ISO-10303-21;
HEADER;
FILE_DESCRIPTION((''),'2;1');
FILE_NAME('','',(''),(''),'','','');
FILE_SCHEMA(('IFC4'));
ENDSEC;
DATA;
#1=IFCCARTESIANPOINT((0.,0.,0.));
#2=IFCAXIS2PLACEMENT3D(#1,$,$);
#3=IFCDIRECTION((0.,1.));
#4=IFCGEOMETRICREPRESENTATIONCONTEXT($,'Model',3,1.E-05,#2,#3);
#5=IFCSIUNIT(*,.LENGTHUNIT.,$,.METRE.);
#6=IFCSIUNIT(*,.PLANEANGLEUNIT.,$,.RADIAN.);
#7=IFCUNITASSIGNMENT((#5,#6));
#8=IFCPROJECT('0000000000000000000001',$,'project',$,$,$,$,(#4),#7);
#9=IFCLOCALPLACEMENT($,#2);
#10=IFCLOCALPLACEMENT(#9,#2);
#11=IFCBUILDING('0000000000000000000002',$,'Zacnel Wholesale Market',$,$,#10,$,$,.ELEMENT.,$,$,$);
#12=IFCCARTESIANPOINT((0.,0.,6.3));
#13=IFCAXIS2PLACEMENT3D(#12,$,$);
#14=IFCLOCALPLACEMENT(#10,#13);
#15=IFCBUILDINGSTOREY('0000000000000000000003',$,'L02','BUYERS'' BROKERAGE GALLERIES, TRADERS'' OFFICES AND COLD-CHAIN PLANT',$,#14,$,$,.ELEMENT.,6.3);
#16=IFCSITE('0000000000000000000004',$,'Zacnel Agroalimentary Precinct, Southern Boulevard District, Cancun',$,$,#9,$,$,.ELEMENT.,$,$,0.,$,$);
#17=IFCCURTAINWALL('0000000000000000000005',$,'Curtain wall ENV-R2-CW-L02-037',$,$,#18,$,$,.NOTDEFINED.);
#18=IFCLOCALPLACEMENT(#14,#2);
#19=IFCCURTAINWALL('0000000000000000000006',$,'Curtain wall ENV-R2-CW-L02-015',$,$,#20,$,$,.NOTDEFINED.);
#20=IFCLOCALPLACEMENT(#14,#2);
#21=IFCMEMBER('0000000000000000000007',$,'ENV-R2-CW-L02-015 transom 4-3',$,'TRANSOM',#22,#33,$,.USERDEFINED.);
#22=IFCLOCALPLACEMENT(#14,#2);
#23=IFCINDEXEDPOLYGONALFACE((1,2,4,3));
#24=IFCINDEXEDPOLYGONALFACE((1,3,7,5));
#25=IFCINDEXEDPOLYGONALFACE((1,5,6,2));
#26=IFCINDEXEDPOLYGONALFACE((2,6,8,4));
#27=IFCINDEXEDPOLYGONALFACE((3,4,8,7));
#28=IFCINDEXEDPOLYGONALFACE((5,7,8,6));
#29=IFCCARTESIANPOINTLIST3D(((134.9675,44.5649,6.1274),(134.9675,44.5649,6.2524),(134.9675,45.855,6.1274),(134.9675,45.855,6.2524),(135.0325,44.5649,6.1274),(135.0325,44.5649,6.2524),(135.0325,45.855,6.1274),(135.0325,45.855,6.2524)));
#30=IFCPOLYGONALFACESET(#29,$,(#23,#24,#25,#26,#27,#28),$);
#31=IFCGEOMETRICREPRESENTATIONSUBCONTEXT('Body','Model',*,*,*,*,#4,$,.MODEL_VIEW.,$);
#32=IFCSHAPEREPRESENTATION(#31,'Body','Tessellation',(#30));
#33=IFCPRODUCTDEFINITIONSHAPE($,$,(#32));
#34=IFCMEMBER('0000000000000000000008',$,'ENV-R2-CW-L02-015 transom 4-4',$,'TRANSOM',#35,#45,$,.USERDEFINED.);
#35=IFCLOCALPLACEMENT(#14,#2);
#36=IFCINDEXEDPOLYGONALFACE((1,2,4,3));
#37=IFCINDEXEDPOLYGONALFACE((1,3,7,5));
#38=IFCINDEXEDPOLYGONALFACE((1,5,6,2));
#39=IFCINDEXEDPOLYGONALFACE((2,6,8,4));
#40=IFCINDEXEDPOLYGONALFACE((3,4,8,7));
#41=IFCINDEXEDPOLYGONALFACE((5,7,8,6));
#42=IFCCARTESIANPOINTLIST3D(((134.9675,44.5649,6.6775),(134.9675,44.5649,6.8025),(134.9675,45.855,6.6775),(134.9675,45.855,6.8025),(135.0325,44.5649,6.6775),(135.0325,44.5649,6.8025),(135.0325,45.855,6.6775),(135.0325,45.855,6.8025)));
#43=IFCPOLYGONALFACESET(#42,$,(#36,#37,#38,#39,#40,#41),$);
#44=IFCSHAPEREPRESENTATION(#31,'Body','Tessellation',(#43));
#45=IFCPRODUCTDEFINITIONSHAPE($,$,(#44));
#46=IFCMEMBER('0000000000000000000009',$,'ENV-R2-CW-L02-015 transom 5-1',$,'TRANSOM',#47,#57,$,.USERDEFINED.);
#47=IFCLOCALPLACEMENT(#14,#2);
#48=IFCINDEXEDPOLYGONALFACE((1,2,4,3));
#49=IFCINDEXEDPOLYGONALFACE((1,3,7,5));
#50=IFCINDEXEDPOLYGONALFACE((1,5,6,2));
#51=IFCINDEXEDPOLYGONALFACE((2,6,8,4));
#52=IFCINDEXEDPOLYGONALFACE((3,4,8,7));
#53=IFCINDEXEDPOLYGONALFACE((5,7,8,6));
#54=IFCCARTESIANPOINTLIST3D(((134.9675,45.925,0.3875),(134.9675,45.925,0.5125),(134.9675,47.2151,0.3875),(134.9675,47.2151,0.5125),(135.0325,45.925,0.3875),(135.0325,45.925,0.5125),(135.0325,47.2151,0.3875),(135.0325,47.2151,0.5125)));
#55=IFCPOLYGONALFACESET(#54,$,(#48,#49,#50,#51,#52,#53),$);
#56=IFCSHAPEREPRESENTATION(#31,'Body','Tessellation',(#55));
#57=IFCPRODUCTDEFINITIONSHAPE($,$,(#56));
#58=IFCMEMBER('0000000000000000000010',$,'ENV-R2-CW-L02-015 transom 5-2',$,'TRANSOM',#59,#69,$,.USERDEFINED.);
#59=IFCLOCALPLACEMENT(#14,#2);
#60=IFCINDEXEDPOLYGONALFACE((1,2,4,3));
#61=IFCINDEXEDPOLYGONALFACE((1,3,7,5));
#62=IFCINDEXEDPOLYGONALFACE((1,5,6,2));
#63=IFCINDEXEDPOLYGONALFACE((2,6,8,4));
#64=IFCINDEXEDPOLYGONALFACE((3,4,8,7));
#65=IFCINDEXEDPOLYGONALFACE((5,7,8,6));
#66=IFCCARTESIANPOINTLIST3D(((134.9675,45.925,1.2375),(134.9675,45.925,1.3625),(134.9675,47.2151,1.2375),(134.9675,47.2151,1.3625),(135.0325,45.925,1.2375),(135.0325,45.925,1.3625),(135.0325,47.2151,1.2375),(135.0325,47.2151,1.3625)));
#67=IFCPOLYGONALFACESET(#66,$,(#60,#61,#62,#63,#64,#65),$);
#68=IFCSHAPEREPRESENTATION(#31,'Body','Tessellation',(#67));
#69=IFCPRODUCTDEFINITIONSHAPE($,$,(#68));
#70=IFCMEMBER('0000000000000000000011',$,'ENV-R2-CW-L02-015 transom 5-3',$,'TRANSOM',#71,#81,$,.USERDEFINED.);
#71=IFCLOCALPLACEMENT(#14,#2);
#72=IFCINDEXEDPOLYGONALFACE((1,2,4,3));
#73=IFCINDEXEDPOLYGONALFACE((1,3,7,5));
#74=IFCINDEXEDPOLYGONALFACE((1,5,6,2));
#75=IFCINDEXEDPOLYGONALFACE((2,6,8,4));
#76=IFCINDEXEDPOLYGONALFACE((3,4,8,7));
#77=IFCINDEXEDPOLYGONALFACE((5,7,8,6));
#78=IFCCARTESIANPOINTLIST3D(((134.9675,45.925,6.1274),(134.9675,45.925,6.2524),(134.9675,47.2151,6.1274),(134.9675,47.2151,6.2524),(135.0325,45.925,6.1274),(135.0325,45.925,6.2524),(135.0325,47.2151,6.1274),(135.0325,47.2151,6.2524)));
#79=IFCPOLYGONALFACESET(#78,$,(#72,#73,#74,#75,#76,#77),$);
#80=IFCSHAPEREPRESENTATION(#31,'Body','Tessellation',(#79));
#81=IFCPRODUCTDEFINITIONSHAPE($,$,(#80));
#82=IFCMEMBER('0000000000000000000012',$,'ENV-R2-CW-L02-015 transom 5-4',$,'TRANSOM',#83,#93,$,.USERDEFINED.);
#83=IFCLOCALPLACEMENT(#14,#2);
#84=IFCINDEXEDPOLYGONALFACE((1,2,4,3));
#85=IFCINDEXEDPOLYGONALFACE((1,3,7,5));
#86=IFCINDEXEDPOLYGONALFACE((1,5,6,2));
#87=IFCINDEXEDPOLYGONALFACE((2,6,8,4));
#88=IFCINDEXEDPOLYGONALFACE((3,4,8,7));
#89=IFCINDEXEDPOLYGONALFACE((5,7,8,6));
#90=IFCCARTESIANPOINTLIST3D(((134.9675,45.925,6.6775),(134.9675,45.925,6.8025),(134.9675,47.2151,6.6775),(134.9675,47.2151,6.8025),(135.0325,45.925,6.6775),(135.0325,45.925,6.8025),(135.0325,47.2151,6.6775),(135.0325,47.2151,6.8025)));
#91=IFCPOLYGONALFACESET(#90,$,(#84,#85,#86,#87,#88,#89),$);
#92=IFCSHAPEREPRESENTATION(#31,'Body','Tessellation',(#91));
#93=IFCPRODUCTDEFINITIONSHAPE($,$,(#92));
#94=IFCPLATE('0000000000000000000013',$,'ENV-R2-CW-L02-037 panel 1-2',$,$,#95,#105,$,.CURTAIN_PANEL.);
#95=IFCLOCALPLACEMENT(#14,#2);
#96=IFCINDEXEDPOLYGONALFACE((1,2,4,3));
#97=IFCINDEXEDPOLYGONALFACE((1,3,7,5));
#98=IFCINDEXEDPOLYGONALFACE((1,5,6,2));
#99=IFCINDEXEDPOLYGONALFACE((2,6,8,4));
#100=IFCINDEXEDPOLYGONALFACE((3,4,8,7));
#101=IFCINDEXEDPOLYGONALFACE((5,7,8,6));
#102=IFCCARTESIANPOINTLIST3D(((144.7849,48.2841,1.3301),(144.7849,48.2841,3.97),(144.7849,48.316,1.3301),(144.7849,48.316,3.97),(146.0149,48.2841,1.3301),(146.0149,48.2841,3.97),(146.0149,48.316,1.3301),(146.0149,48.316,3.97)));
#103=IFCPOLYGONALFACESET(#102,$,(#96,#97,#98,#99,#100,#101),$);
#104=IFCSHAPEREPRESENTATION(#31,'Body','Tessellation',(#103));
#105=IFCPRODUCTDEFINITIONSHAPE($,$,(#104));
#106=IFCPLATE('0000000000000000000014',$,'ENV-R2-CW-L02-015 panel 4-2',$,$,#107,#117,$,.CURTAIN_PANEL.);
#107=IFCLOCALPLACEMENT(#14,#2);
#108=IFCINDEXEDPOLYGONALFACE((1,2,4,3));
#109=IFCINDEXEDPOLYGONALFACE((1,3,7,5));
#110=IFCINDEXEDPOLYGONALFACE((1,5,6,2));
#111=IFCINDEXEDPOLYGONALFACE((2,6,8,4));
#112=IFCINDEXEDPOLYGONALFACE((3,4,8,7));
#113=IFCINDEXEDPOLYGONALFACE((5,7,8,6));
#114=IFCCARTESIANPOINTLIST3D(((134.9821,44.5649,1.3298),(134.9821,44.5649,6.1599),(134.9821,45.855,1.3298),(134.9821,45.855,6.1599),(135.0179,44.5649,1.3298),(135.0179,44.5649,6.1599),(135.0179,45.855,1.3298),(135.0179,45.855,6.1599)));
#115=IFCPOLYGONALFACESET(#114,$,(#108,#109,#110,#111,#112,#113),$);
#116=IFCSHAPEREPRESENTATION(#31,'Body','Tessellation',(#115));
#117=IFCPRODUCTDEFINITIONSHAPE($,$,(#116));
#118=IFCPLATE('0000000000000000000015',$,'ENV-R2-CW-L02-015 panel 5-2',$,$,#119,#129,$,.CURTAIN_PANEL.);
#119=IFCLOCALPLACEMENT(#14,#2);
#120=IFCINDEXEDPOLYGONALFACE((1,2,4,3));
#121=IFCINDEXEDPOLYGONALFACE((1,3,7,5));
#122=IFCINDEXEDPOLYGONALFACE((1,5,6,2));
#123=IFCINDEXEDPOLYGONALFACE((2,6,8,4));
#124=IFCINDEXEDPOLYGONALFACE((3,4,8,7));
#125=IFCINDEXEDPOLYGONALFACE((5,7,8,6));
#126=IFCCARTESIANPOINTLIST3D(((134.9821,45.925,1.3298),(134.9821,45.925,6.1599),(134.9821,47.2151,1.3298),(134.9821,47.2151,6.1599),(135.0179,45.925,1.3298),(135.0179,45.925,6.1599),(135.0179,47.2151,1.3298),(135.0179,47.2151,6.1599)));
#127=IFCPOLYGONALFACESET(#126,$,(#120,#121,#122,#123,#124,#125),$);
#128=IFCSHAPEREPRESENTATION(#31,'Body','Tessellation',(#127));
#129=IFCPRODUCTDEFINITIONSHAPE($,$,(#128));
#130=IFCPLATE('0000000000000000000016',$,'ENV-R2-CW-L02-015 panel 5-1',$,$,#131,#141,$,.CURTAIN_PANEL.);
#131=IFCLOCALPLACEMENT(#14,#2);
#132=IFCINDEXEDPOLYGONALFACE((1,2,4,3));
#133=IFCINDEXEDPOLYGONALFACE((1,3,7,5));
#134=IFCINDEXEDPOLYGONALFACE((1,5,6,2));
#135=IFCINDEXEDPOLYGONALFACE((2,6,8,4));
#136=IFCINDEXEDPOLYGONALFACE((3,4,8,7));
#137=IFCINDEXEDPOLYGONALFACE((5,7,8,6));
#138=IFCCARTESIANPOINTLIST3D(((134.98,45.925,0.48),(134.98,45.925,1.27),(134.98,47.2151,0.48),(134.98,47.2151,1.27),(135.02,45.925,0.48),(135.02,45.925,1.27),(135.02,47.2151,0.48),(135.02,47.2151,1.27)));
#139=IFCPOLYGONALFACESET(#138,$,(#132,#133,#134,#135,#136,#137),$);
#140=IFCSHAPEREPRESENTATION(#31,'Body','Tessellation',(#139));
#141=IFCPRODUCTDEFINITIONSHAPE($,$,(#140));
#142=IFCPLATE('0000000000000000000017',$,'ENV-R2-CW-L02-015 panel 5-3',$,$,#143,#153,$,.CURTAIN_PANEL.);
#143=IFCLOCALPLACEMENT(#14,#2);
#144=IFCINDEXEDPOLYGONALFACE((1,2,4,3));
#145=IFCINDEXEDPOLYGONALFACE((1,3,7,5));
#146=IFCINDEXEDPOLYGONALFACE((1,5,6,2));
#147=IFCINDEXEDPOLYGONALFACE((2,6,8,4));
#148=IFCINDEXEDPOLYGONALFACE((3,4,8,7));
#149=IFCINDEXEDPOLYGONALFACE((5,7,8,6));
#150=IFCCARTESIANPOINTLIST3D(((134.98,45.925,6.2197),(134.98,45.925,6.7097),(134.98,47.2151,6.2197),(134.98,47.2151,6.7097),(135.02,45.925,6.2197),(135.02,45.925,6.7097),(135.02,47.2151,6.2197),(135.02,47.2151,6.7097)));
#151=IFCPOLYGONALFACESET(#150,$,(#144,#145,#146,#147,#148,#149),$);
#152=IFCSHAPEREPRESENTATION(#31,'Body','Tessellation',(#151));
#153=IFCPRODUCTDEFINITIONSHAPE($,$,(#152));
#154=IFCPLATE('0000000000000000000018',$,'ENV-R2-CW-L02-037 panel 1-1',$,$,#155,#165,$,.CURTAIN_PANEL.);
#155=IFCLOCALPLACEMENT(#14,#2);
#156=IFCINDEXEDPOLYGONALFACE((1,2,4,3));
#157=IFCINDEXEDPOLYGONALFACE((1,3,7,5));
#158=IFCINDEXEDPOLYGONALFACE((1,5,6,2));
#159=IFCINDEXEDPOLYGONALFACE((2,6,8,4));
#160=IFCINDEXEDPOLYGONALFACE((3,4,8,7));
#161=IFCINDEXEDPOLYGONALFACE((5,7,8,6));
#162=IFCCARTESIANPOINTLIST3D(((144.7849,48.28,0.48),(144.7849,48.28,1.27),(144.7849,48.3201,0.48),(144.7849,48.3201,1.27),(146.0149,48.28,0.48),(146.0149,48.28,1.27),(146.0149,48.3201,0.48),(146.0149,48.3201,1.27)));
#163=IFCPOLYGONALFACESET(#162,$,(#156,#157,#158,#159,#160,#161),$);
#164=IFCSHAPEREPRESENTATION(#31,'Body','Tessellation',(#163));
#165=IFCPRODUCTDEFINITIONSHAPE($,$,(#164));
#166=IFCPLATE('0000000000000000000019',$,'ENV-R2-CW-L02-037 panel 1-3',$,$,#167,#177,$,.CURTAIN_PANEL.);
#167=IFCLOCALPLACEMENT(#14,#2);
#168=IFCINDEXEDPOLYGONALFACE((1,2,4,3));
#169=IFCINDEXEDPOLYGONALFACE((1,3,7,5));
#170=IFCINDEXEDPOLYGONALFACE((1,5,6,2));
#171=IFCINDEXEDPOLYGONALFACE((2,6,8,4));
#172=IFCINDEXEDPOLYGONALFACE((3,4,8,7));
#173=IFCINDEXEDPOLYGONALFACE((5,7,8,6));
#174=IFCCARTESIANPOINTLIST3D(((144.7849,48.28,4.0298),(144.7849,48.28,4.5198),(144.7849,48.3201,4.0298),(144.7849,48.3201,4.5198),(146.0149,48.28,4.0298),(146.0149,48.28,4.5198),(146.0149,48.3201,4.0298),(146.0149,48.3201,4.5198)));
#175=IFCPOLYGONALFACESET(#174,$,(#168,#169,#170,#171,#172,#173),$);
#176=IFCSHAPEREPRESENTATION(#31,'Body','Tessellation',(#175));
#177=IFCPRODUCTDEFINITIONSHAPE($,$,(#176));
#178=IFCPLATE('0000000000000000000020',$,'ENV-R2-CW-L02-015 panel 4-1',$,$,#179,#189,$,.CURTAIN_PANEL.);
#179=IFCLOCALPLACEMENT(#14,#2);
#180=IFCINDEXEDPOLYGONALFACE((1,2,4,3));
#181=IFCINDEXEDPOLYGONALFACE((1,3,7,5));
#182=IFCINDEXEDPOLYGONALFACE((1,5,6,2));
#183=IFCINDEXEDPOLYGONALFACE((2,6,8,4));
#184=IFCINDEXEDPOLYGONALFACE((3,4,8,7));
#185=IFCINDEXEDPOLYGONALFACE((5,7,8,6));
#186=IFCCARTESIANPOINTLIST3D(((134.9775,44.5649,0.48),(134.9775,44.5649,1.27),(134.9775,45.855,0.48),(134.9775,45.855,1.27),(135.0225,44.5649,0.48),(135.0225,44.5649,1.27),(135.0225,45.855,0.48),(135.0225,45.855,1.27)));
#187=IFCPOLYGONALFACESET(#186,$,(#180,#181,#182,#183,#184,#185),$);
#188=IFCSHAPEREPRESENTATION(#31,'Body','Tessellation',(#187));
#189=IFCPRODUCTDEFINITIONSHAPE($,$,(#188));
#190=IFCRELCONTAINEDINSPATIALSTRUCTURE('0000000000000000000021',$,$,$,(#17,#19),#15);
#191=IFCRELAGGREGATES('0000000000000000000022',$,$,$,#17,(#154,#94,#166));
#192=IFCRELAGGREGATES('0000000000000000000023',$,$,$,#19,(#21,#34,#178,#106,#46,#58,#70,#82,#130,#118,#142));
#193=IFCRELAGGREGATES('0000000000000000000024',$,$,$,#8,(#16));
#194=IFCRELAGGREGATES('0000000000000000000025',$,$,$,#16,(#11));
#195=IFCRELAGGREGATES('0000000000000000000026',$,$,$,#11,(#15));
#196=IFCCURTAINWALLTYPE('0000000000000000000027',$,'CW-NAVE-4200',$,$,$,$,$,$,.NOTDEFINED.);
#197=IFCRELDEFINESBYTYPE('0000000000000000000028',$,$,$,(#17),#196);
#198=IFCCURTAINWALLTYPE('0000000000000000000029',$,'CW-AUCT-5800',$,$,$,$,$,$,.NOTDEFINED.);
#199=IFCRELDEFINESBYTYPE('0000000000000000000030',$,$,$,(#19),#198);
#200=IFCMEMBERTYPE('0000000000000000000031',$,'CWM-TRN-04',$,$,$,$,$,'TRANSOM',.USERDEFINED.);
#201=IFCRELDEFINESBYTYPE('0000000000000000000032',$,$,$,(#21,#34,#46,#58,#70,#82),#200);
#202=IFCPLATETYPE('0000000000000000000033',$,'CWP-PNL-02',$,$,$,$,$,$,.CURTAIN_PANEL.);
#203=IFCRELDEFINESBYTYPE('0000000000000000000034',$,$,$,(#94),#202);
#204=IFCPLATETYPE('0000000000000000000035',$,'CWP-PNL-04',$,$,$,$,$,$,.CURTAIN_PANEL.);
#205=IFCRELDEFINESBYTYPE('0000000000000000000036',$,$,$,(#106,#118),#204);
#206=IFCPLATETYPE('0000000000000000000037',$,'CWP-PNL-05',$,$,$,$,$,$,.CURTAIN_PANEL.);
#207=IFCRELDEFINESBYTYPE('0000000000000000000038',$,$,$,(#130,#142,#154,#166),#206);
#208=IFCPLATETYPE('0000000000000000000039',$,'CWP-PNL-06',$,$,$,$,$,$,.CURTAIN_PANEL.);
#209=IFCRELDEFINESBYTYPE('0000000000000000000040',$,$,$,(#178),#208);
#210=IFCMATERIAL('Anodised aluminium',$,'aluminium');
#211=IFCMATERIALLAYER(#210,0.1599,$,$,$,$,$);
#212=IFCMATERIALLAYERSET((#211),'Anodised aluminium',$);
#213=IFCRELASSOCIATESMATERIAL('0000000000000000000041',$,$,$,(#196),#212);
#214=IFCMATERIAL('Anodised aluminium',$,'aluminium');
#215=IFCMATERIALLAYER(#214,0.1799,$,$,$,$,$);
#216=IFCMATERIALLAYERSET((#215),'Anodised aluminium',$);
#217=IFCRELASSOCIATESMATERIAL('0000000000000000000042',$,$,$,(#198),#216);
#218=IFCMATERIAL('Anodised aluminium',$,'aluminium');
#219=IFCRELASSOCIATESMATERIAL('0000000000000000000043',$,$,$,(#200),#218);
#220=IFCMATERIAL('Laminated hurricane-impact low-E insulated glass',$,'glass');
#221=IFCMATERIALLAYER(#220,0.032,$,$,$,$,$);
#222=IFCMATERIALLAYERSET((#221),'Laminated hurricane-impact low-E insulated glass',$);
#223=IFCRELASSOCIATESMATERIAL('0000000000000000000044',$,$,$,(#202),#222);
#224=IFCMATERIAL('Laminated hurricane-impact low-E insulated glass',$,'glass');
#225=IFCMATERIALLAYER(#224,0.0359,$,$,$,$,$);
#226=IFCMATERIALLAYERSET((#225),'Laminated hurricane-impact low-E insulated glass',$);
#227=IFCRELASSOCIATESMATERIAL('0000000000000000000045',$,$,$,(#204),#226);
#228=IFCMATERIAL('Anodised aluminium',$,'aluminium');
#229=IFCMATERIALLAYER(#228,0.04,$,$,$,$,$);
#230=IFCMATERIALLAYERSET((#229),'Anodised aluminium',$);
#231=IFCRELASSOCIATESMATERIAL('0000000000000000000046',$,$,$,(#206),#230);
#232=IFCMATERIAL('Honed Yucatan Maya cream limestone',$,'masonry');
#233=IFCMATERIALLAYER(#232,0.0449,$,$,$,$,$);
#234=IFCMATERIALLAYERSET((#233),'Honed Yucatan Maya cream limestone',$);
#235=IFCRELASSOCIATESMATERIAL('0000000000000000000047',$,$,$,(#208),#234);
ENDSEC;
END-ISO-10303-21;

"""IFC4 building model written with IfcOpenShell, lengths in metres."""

from ifc_helpers import new_model, si_unit, direction, frame, origin, origin_2d, place, context, subcontext, project, spatial, rectangle, extrude, material, layer, layer_set, material_profile, profile_set, type_object, element, aggregate, save


model = new_model("IFC4")

# Units and contexts
model_context = context("Model", 3, precision=1e-05, world=origin(), true_north=direction((0.0, 1.0)))
body_context = subcontext(model_context, "Body", "Model", "MODEL_VIEW")
ifc_project = project(units=[si_unit("LENGTHUNIT", "METRE"), si_unit("PLANEANGLEUNIT", "RADIAN")], contexts=[model_context])

# Site, building, storey
site_placement = place(None, origin())
site = spatial("IfcSite", under=ifc_project, at=site_placement, Name="Zacnel Agroalimentary Precinct, Southern Boulevard District, Cancun", CompositionType="ELEMENT", RefElevation=0.0)
building_placement = place(site_placement, origin())
building = spatial("IfcBuilding", under=site, at=building_placement, Name="Zacnel Wholesale Market", CompositionType="ELEMENT")
storey_placement = place(building_placement, frame((0.0, 0.0, 6.3)))
storey = spatial("IfcBuildingStorey", under=building, at=storey_placement, Name="L02", Description="BUYERS' BROKERAGE GALLERIES, TRADERS' OFFICES AND COLD-CHAIN PLANT", CompositionType="ELEMENT", Elevation=6.3)

# Curtain walls
ifc_material_1 = material(Name="Anodised aluminium", Category="aluminium")
ifc_layer_1 = layer(ifc_material_1, 0.1599)
ifc_layer_set_1 = layer_set([ifc_layer_1], Name="Anodised aluminium")
curtain_wall_type_1 = type_object("IfcCurtainWallType", Name="CW-NAVE-4200", PredefinedType="NOTDEFINED", material=ifc_layer_set_1)
curtain_wall_1_placement = place(storey_placement, origin())
curtain_wall_1 = element("IfcCurtainWall", 1, at=curtain_wall_1_placement, inside=storey, type_object=curtain_wall_type_1, Name="Curtain wall ENV-R2-CW-L02-037", PredefinedType="NOTDEFINED")
ifc_material_2 = material(Name="Anodised aluminium", Category="aluminium")
ifc_layer_2 = layer(ifc_material_2, 0.1799)
ifc_layer_set_2 = layer_set([ifc_layer_2], Name="Anodised aluminium")
curtain_wall_type_2 = type_object("IfcCurtainWallType", Name="CW-AUCT-5800", PredefinedType="NOTDEFINED", material=ifc_layer_set_2)
curtain_wall_2_placement = place(storey_placement, origin())
curtain_wall_2 = element("IfcCurtainWall", 2, at=curtain_wall_2_placement, inside=storey, type_object=curtain_wall_type_2, Name="Curtain wall ENV-R2-CW-L02-015", PredefinedType="NOTDEFINED")

# Members
ifc_material_3 = material(Name="Anodised aluminium", Category="aluminium")
ifc_material_profile_1 = material_profile(ifc_material_3, rectangle(XDim=0.0649, YDim=0.125, at=origin_2d()), Name="AW-TRANSOM 65x125")
ifc_profile_set_1 = profile_set([ifc_material_profile_1], Name="Anodised aluminium")
member_type_1 = type_object("IfcMemberType", Name="CWM-TRN-04", ElementType="TRANSOM", PredefinedType="USERDEFINED", material=ifc_profile_set_1)
member_1_placement = place(storey_placement, frame((135.0, 44.5649, 6.1899), z_axis=(0.0, 1.0, 0.0), x_axis=(-1.0, 0.0, 0.0)))
member_1 = element("IfcMember", 3, at=member_1_placement, type_object=member_type_1, Name="ENV-R2-CW-L02-015 transom 4-3", ObjectType="TRANSOM", PredefinedType="USERDEFINED", context=body_context, shape_type="SweptSolid", body=[
    extrude(rectangle(XDim=0.0649, YDim=0.125, at=origin_2d()), origin(), (0.0, 0.0, 1.0), 1.29),
])
member_2_placement = place(storey_placement, frame((135.0, 44.5649, 6.74), z_axis=(0.0, 1.0, 0.0), x_axis=(-1.0, 0.0, 0.0)))
member_2 = element("IfcMember", 4, at=member_2_placement, type_object=member_type_1, Name="ENV-R2-CW-L02-015 transom 4-4", ObjectType="TRANSOM", PredefinedType="USERDEFINED", context=body_context, shape_type="SweptSolid", body=[
    extrude(rectangle(XDim=0.0649, YDim=0.125, at=origin_2d()), origin(), (0.0, 0.0, 1.0), 1.29),
])
member_3_placement = place(storey_placement, frame((135.0, 45.925, 0.45), z_axis=(0.0, 1.0, 0.0), x_axis=(-1.0, 0.0, 0.0)))
member_3 = element("IfcMember", 5, at=member_3_placement, type_object=member_type_1, Name="ENV-R2-CW-L02-015 transom 5-1", ObjectType="TRANSOM", PredefinedType="USERDEFINED", context=body_context, shape_type="SweptSolid", body=[
    extrude(rectangle(XDim=0.0649, YDim=0.125, at=origin_2d()), origin(), (0.0, 0.0, 1.0), 1.29),
])
member_4_placement = place(storey_placement, frame((135.0, 45.925, 1.3), z_axis=(0.0, 1.0, 0.0), x_axis=(-1.0, 0.0, 0.0)))
member_4 = element("IfcMember", 6, at=member_4_placement, type_object=member_type_1, Name="ENV-R2-CW-L02-015 transom 5-2", ObjectType="TRANSOM", PredefinedType="USERDEFINED", context=body_context, shape_type="SweptSolid", body=[
    extrude(rectangle(XDim=0.0649, YDim=0.125, at=origin_2d()), origin(), (0.0, 0.0, 1.0), 1.29),
])
member_5_placement = place(storey_placement, frame((135.0, 45.925, 6.1899), z_axis=(0.0, 1.0, 0.0), x_axis=(-1.0, 0.0, 0.0)))
member_5 = element("IfcMember", 7, at=member_5_placement, type_object=member_type_1, Name="ENV-R2-CW-L02-015 transom 5-3", ObjectType="TRANSOM", PredefinedType="USERDEFINED", context=body_context, shape_type="SweptSolid", body=[
    extrude(rectangle(XDim=0.0649, YDim=0.125, at=origin_2d()), origin(), (0.0, 0.0, 1.0), 1.29),
])
member_6_placement = place(storey_placement, frame((135.0, 45.925, 6.74), z_axis=(0.0, 1.0, 0.0), x_axis=(-1.0, 0.0, 0.0)))
member_6 = element("IfcMember", 8, at=member_6_placement, type_object=member_type_1, Name="ENV-R2-CW-L02-015 transom 5-4", ObjectType="TRANSOM", PredefinedType="USERDEFINED", context=body_context, shape_type="SweptSolid", body=[
    extrude(rectangle(XDim=0.0649, YDim=0.125, at=origin_2d()), origin(), (0.0, 0.0, 1.0), 1.29),
])

# Plates
ifc_material_4 = material(Name="Laminated hurricane-impact low-E insulated glass", Category="glass")
ifc_layer_3 = layer(ifc_material_4, 0.032)
ifc_layer_set_3 = layer_set([ifc_layer_3], Name="Laminated hurricane-impact low-E insulated glass")
plate_type_1 = type_object("IfcPlateType", Name="CWP-PNL-02", PredefinedType="CURTAIN_PANEL", material=ifc_layer_set_3)
plate_1_placement = place(storey_placement, frame((145.3999, 48.3, 1.3301), z_axis=(0.0, 0.0, 1.0), x_axis=(1.0, 0.0, 0.0)))
plate_1 = element("IfcPlate", 9, at=plate_1_placement, type_object=plate_type_1, Name="ENV-R2-CW-L02-037 panel 1-2", PredefinedType="CURTAIN_PANEL", context=body_context, shape_type="SweptSolid", body=[
    extrude(rectangle(XDim=1.23, YDim=0.032, at=origin_2d()), origin(), (0.0, 0.0, 1.0), 2.6399),
])
ifc_material_5 = material(Name="Laminated hurricane-impact low-E insulated glass", Category="glass")
ifc_layer_4 = layer(ifc_material_5, 0.0359)
ifc_layer_set_4 = layer_set([ifc_layer_4], Name="Laminated hurricane-impact low-E insulated glass")
plate_type_2 = type_object("IfcPlateType", Name="CWP-PNL-04", PredefinedType="CURTAIN_PANEL", material=ifc_layer_set_4)
plate_2_placement = place(storey_placement, frame((135.0, 45.21, 1.3298), z_axis=(0.0, 0.0, 1.0), x_axis=(0.0, 1.0, 0.0)))
plate_2 = element("IfcPlate", 10, at=plate_2_placement, type_object=plate_type_2, Name="ENV-R2-CW-L02-015 panel 4-2", PredefinedType="CURTAIN_PANEL", context=body_context, shape_type="SweptSolid", body=[
    extrude(rectangle(XDim=1.29, YDim=0.0359, at=origin_2d()), origin(), (0.0, 0.0, 1.0), 4.8301),
])
plate_3_placement = place(storey_placement, frame((135.0, 46.5701, 1.3298), z_axis=(0.0, 0.0, 1.0), x_axis=(0.0, 1.0, 0.0)))
plate_3 = element("IfcPlate", 11, at=plate_3_placement, type_object=plate_type_2, Name="ENV-R2-CW-L02-015 panel 5-2", PredefinedType="CURTAIN_PANEL", context=body_context, shape_type="SweptSolid", body=[
    extrude(rectangle(XDim=1.29, YDim=0.0359, at=origin_2d()), origin(), (0.0, 0.0, 1.0), 4.8301),
])
ifc_material_6 = material(Name="Anodised aluminium", Category="aluminium")
ifc_layer_5 = layer(ifc_material_6, 0.04)
ifc_layer_set_5 = layer_set([ifc_layer_5], Name="Anodised aluminium")
plate_type_3 = type_object("IfcPlateType", Name="CWP-PNL-05", PredefinedType="CURTAIN_PANEL", material=ifc_layer_set_5)
plate_4_placement = place(storey_placement, frame((135.0, 46.5701, 0.48), z_axis=(0.0, 0.0, 1.0), x_axis=(0.0, 1.0, 0.0)))
plate_4 = element("IfcPlate", 12, at=plate_4_placement, type_object=plate_type_3, Name="ENV-R2-CW-L02-015 panel 5-1", PredefinedType="CURTAIN_PANEL", context=body_context, shape_type="SweptSolid", body=[
    extrude(rectangle(XDim=1.29, YDim=0.04, at=origin_2d()), origin(), (0.0, 0.0, 1.0), 0.79),
])
plate_5_placement = place(storey_placement, frame((135.0, 46.5701, 6.2197), z_axis=(0.0, 0.0, 1.0), x_axis=(0.0, 1.0, 0.0)))
plate_5 = element("IfcPlate", 13, at=plate_5_placement, type_object=plate_type_3, Name="ENV-R2-CW-L02-015 panel 5-3", PredefinedType="CURTAIN_PANEL", context=body_context, shape_type="SweptSolid", body=[
    extrude(rectangle(XDim=1.29, YDim=0.04, at=origin_2d()), origin(), (0.0, 0.0, 1.0), 0.49),
])
plate_6_placement = place(storey_placement, frame((145.3999, 48.3, 0.48), z_axis=(0.0, 0.0, 1.0), x_axis=(1.0, 0.0, 0.0)))
plate_6 = element("IfcPlate", 14, at=plate_6_placement, type_object=plate_type_3, Name="ENV-R2-CW-L02-037 panel 1-1", PredefinedType="CURTAIN_PANEL", context=body_context, shape_type="SweptSolid", body=[
    extrude(rectangle(XDim=1.23, YDim=0.04, at=origin_2d()), origin(), (0.0, 0.0, 1.0), 0.79),
])
plate_7_placement = place(storey_placement, frame((145.3999, 48.3, 4.0298), z_axis=(0.0, 0.0, 1.0), x_axis=(1.0, 0.0, 0.0)))
plate_7 = element("IfcPlate", 15, at=plate_7_placement, type_object=plate_type_3, Name="ENV-R2-CW-L02-037 panel 1-3", PredefinedType="CURTAIN_PANEL", context=body_context, shape_type="SweptSolid", body=[
    extrude(rectangle(XDim=1.23, YDim=0.04, at=origin_2d()), origin(), (0.0, 0.0, 1.0), 0.49),
])
aggregate(curtain_wall_1, [plate_6, plate_1, plate_7])
ifc_material_7 = material(Name="Honed Yucatan Maya cream limestone", Category="masonry")
ifc_layer_6 = layer(ifc_material_7, 0.0449)
ifc_layer_set_6 = layer_set([ifc_layer_6], Name="Honed Yucatan Maya cream limestone")
plate_type_4 = type_object("IfcPlateType", Name="CWP-PNL-06", PredefinedType="CURTAIN_PANEL", material=ifc_layer_set_6)
plate_8_placement = place(storey_placement, frame((135.0, 45.21, 0.48), z_axis=(0.0, 0.0, 1.0), x_axis=(0.0, 1.0, 0.0)))
plate_8 = element("IfcPlate", 16, at=plate_8_placement, type_object=plate_type_4, Name="ENV-R2-CW-L02-015 panel 4-1", PredefinedType="CURTAIN_PANEL", context=body_context, shape_type="SweptSolid", body=[
    extrude(rectangle(XDim=1.29, YDim=0.0449, at=origin_2d()), origin(), (0.0, 0.0, 1.0), 0.79),
])
aggregate(curtain_wall_2, [member_1, member_2, plate_8, plate_2, member_3, member_4, member_5, member_6, plate_4, plate_3, plate_5])

save(model, "model.ifc")
